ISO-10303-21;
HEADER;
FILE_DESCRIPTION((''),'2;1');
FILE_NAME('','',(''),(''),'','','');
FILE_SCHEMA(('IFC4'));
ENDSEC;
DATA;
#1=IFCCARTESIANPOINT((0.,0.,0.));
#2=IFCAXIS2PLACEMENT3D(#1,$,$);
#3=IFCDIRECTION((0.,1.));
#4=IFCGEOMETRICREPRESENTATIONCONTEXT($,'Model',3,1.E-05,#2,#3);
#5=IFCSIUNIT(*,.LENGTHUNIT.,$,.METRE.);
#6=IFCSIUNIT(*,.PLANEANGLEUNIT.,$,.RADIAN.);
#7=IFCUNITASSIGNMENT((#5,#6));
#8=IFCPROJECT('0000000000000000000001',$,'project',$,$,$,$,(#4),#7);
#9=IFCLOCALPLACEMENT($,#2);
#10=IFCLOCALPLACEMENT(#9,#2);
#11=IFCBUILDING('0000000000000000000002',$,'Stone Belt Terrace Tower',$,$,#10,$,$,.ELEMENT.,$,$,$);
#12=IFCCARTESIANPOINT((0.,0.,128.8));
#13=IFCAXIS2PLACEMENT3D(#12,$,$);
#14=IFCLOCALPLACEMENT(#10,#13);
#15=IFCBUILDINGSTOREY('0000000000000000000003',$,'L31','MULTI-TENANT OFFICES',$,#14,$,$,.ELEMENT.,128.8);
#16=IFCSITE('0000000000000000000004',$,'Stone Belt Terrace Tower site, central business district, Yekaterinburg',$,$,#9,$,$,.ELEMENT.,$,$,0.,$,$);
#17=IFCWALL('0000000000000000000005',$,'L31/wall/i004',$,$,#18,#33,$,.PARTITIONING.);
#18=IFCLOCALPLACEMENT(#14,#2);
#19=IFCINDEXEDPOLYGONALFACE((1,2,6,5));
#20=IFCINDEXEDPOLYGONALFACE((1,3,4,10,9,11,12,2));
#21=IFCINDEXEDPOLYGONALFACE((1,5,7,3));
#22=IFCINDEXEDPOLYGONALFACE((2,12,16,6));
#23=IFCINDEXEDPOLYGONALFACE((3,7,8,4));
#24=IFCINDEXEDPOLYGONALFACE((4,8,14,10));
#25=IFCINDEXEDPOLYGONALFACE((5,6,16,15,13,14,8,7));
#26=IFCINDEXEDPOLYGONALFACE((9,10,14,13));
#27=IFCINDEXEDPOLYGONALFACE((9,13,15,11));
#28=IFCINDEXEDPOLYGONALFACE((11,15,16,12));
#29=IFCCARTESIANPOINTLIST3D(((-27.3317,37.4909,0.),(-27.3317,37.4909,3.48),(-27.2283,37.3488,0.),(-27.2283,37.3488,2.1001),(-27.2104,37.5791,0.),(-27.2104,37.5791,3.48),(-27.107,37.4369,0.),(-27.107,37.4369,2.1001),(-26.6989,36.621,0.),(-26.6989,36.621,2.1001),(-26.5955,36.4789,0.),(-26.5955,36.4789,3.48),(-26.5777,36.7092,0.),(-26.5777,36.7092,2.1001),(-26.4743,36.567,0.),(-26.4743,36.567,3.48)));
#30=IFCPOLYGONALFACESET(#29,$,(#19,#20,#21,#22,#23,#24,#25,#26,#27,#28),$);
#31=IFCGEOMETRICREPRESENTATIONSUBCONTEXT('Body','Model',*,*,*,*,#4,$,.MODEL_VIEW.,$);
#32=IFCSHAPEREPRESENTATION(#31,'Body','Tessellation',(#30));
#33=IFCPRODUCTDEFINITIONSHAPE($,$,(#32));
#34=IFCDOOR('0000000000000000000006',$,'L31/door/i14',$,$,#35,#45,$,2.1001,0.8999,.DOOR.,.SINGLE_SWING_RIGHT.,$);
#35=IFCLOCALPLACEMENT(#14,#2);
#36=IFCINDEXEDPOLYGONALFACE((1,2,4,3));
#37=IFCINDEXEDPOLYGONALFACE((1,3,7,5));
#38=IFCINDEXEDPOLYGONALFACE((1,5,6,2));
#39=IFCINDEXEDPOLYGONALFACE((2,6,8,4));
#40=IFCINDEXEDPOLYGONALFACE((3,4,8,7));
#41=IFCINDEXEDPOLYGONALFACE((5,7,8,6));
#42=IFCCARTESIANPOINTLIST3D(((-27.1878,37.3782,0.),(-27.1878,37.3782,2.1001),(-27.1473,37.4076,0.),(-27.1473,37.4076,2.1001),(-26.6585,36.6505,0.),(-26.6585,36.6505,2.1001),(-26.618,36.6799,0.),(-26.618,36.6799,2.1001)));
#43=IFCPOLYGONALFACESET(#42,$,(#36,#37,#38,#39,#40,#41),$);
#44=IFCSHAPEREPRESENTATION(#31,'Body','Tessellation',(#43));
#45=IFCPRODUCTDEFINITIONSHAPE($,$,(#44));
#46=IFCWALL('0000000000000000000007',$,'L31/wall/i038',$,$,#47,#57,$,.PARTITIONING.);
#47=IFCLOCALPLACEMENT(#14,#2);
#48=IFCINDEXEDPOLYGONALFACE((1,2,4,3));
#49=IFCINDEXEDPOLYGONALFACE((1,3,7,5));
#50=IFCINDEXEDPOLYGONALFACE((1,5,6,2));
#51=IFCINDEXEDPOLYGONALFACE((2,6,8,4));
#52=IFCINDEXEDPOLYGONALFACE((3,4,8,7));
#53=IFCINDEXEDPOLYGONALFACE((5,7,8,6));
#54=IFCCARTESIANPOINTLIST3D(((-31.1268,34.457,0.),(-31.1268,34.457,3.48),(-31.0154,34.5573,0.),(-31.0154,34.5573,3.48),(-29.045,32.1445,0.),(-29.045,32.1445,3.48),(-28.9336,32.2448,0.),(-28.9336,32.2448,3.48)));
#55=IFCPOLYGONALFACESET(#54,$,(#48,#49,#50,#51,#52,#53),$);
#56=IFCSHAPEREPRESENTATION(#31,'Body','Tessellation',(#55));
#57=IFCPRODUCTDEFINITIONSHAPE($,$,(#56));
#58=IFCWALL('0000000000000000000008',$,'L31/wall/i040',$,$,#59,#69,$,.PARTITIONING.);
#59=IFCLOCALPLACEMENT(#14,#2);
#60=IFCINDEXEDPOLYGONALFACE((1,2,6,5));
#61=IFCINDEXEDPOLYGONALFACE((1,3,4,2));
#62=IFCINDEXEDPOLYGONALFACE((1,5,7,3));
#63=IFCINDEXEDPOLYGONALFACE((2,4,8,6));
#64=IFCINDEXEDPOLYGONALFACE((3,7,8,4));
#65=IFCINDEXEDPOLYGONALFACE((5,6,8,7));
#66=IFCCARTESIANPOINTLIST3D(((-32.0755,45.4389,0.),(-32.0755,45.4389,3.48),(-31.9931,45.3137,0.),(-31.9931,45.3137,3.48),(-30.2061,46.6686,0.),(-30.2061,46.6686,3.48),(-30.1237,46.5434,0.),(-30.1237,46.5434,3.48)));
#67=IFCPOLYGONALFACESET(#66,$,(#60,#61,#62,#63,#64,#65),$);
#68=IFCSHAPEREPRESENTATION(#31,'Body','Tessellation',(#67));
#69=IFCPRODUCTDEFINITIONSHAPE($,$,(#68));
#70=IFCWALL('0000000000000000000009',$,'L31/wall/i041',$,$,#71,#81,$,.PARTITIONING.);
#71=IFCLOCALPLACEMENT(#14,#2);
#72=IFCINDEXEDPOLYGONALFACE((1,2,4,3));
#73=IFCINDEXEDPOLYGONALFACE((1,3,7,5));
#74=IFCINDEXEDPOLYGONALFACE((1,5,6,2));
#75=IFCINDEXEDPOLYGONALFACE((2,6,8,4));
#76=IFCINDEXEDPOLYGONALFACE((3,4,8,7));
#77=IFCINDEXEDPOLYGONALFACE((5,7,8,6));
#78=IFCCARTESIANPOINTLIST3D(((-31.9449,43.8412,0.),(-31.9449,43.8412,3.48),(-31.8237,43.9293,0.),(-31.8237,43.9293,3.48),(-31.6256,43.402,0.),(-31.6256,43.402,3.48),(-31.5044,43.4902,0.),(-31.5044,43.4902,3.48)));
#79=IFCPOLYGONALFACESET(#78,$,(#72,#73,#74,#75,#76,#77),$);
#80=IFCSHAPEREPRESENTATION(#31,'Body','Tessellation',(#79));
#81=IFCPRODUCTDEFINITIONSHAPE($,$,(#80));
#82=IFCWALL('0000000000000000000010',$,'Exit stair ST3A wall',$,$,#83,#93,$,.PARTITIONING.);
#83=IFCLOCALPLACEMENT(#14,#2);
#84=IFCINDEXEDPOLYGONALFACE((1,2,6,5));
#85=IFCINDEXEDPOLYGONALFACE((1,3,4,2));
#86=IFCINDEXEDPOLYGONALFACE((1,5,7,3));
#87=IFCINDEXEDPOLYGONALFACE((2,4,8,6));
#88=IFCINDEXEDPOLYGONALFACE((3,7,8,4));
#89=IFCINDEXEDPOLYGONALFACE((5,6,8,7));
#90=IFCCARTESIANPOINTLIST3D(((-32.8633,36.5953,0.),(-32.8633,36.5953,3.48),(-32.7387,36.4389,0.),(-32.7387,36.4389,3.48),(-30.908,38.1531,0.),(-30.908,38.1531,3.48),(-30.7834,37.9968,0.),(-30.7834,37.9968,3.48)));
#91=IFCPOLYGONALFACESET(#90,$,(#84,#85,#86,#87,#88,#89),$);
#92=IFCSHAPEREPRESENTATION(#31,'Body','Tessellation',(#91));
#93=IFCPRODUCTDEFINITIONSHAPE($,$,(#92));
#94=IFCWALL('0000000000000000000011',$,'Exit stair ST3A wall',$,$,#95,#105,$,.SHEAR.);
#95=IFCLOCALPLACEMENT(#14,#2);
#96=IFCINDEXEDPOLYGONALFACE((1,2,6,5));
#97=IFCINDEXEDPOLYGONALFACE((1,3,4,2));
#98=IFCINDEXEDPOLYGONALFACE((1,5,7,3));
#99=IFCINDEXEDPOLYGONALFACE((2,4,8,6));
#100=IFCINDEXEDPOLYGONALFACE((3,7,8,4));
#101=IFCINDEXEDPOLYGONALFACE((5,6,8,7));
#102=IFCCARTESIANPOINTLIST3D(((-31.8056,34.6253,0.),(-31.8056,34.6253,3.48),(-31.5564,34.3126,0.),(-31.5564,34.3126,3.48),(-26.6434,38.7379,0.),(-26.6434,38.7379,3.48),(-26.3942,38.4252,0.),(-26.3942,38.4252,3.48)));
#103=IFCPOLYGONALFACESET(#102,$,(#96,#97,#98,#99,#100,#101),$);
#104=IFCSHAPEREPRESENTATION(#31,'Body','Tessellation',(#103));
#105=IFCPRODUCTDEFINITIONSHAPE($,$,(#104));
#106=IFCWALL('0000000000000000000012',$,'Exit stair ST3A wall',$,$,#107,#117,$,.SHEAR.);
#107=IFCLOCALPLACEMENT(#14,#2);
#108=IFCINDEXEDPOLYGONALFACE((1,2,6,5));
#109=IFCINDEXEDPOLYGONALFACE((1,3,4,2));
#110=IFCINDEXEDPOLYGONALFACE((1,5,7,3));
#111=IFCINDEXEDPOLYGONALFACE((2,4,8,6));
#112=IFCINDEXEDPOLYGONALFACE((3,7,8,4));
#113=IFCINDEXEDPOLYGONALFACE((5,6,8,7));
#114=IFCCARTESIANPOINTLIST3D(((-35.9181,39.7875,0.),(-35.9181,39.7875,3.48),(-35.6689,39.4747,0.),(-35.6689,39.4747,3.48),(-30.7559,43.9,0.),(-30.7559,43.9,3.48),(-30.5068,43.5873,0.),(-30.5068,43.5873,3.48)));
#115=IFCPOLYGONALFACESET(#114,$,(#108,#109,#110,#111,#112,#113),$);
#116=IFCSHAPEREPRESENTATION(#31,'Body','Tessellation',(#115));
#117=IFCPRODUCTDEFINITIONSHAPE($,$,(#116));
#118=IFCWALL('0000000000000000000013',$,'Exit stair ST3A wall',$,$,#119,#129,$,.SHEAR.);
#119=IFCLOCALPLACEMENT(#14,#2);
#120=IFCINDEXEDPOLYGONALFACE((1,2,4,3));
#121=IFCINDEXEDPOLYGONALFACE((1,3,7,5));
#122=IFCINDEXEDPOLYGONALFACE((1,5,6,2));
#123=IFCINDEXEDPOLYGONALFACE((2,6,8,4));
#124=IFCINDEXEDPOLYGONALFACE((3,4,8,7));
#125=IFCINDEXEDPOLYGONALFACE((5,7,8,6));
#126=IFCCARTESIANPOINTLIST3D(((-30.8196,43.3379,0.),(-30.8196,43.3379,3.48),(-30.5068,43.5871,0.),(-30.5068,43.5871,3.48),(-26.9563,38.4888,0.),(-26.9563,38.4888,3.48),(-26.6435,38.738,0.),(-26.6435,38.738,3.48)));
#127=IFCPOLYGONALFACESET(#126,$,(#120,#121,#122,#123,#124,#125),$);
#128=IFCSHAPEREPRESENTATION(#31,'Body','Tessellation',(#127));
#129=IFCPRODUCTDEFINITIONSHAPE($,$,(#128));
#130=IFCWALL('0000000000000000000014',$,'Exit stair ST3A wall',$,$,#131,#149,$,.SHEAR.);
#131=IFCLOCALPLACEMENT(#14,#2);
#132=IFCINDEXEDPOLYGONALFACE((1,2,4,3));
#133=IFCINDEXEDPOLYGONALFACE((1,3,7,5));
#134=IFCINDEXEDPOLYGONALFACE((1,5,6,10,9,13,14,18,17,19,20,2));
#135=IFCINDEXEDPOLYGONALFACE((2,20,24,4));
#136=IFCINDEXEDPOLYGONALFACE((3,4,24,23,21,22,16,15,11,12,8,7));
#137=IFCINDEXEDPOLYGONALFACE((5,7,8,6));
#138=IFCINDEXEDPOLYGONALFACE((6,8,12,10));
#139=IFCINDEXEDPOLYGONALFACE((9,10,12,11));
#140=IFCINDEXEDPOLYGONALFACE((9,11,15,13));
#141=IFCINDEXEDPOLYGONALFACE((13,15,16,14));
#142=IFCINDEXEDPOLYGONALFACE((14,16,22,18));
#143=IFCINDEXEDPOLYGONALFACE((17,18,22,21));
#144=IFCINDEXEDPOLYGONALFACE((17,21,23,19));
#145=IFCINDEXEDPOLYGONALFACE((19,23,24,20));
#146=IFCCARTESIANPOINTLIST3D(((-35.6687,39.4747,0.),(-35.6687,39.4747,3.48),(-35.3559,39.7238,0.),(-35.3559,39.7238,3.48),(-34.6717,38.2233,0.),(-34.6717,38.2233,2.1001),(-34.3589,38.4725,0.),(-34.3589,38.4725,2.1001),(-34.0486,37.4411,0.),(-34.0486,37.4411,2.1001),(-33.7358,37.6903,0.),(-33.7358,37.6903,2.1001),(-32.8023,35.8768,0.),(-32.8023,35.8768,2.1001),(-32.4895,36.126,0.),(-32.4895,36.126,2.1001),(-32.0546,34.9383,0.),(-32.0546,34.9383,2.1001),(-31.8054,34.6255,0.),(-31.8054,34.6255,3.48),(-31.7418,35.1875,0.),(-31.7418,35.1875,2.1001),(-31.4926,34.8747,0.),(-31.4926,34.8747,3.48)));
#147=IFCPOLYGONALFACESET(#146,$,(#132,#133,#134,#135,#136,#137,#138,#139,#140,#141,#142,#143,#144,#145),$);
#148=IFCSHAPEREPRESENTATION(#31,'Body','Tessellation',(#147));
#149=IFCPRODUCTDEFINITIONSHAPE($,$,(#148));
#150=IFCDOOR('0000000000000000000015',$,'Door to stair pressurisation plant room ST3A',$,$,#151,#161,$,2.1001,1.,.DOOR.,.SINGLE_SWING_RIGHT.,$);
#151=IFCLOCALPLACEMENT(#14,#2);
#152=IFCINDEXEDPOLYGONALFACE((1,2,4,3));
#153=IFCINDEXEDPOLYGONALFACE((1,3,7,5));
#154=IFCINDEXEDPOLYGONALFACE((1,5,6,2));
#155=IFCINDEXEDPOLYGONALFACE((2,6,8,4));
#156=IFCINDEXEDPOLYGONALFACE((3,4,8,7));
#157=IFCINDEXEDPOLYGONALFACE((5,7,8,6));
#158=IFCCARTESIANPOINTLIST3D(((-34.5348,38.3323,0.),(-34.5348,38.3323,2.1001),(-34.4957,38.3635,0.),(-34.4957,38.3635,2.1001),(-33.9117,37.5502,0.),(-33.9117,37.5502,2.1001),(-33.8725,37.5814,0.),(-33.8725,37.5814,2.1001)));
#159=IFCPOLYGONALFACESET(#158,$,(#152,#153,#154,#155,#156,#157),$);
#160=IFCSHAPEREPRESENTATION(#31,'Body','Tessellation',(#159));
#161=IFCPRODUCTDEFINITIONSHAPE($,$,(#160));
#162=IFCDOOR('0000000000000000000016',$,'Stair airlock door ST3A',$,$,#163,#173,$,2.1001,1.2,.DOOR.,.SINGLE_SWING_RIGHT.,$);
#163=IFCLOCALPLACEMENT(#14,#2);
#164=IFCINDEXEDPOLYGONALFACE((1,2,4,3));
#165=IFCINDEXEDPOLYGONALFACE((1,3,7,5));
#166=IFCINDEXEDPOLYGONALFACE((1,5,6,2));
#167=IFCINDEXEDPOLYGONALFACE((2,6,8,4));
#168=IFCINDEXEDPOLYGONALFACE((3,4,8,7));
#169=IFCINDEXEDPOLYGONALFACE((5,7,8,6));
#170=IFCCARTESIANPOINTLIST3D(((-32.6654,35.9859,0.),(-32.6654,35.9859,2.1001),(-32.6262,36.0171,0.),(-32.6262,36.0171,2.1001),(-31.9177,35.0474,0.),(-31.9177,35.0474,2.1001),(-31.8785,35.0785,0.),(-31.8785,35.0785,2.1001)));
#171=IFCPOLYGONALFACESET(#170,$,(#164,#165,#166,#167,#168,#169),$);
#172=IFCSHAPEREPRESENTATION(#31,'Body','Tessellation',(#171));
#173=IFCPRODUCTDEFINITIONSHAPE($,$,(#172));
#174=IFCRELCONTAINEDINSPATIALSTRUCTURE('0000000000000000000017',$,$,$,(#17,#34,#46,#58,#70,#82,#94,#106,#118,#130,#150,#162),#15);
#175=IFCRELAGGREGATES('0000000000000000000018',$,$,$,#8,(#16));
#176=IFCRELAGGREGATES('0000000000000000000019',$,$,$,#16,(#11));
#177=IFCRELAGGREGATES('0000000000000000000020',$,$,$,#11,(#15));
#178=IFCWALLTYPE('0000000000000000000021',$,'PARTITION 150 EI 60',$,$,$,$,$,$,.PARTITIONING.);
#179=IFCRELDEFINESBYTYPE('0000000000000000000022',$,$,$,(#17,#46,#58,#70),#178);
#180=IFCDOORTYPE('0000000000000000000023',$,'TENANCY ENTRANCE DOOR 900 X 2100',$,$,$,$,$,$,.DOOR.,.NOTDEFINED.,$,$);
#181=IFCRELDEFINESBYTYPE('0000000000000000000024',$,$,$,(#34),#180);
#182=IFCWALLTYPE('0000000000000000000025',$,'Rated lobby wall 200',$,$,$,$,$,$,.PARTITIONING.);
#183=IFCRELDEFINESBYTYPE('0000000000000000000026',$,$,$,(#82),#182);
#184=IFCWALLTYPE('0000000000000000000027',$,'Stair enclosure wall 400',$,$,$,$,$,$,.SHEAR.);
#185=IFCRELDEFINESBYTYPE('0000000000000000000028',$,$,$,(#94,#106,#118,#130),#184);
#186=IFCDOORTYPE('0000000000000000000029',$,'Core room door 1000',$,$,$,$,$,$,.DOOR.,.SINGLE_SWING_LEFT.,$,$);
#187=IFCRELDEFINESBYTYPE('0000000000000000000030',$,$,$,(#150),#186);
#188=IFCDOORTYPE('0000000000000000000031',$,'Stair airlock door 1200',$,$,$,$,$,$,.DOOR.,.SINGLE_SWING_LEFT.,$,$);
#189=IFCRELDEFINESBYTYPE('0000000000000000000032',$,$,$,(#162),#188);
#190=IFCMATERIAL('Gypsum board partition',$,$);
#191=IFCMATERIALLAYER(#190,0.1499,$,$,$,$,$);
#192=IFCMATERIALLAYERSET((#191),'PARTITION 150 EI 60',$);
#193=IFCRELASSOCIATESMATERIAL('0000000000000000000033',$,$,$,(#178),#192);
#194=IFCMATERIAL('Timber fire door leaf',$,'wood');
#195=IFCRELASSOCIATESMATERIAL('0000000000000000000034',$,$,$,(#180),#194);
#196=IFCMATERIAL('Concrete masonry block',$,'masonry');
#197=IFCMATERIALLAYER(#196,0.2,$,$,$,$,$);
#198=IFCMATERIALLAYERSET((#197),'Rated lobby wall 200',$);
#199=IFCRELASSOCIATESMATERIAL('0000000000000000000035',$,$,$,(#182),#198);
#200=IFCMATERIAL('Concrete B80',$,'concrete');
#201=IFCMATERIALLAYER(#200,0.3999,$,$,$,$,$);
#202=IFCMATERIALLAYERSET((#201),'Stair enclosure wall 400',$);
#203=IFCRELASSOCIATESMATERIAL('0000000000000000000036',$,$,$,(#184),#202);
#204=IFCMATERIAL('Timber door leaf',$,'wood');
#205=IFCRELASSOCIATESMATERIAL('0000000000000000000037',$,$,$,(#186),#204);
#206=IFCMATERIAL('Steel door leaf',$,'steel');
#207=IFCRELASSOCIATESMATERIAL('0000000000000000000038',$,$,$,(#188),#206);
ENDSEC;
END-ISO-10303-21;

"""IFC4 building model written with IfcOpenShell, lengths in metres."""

from ifc_helpers import new_model, si_unit, direction, frame, frame_2d, origin, place, context, subcontext, project, spatial, rectangle, extrude, material, layer, layer_set, type_object, element, fill, save


model = new_model("IFC4")

# Units and contexts
model_context = context("Model", 3, precision=1e-05, world=origin(), true_north=direction((0.0, 1.0)))
body_context = subcontext(model_context, "Body", "Model", "MODEL_VIEW")
ifc_project = project(units=[si_unit("LENGTHUNIT", "METRE"), si_unit("PLANEANGLEUNIT", "RADIAN")], contexts=[model_context])

# Site, building, storey
site_placement = place(None, origin())
site = spatial("IfcSite", under=ifc_project, at=site_placement, Name="Stone Belt Terrace Tower site, central business district, Yekaterinburg", CompositionType="ELEMENT", RefElevation=0.0)
building_placement = place(site_placement, origin())
building = spatial("IfcBuilding", under=site, at=building_placement, Name="Stone Belt Terrace Tower", CompositionType="ELEMENT")
storey_placement = place(building_placement, frame((0.0, 0.0, 128.8)))
storey = spatial("IfcBuildingStorey", under=building, at=storey_placement, Name="L31", Description="MULTI-TENANT OFFICES", CompositionType="ELEMENT", Elevation=128.8)

# Shared definitions
ifc_material_1 = material(Name="Concrete B80", Category="concrete")

# Shared definitions
ifc_material_2 = material(Name="Timber door leaf", Category="wood")
ifc_material_3 = material(Name="Steel door leaf", Category="steel")

# Wall, opening, door
ifc_material_4 = material(Name="Gypsum board partition")
ifc_layer_1 = layer(ifc_material_4, 0.1499)
ifc_layer_set_1 = layer_set([ifc_layer_1], Name="PARTITION 150 EI 60")
wall_type_1 = type_object("IfcWallType", Name="PARTITION 150 EI 60", PredefinedType="PARTITIONING", material=ifc_layer_set_1)
wall_1_placement = place(storey_placement, frame((-26.5349, 36.5229, 0.0), z_axis=(0.0, 0.0, 1.0), x_axis=(-0.58823, 0.808694, 0.0)))
wall_1 = element("IfcWall", 1, at=wall_1_placement, inside=storey, type_object=wall_type_1, Name="L31/wall/i004", PredefinedType="PARTITIONING", context=body_context, shape_type="SweptSolid", body=[
    extrude(rectangle(XDim=1.2515, YDim=0.1499, at=frame_2d((0.6257, 0.0))), origin(), (0.0, 0.0, 1.0), 3.48),
])
opening_1_placement = place(wall_1_placement, frame((0.1758, 0.0, 0.0)))
opening_1 = element("IfcOpeningElement", 2, at=opening_1_placement, cuts=wall_1, PredefinedType="OPENING", context=body_context, shape_type="SweptSolid", body=[
    extrude(rectangle(XDim=0.8999, YDim=2.1001, at=frame_2d((0.45, 1.05))), frame((0.0, 0.085, 0.0), z_axis=(0.0, -1.0, 0.0), x_axis=(1.0, 0.0, 0.0)), (0.0, 0.0, 1.0), 0.1699),
])
ifc_material_5 = material(Name="Timber fire door leaf", Category="wood")
door_type_1 = type_object("IfcDoorType", Name="TENANCY ENTRANCE DOOR 900 X 2100", OperationType="NOTDEFINED", PredefinedType="DOOR", material=ifc_material_5)
door_1_placement = place(opening_1_placement, origin())
door_1 = element("IfcDoor", 3, at=door_1_placement, inside=storey, type_object=door_type_1, Name="L31/door/i14", OperationType="SINGLE_SWING_RIGHT", OverallHeight=2.1001, OverallWidth=0.8999, PredefinedType="DOOR", context=body_context, shape_type="SweptSolid", body=[
    extrude(rectangle(XDim=0.8999, YDim=2.1001, at=frame_2d((0.45, 1.05))), frame((0.0, 0.0249, 0.0), z_axis=(0.0, -1.0, 0.0), x_axis=(1.0, 0.0, 0.0)), (0.0, 0.0, 1.0), 0.05),
])
fill(opening_1, door_1)

# Walls
wall_2_placement = place(storey_placement, frame((-31.071, 34.5071, 0.0), z_axis=(0.0, 0.0, 1.0), x_axis=(0.66906, -0.743208, 0.0)))
element("IfcWall", 4, at=wall_2_placement, inside=storey, type_object=wall_type_1, Name="L31/wall/i038", PredefinedType="PARTITIONING", context=body_context, shape_type="SweptSolid", body=[
    extrude(rectangle(XDim=3.1116, YDim=0.1499, at=frame_2d((1.5557, 0.0))), origin(), (0.0, 0.0, 1.0), 3.48),
])
wall_3_placement = place(storey_placement, frame((-30.165, 46.606, 0.0), z_axis=(0.0, 0.0, 1.0), x_axis=(-0.835442, -0.549578, 0.0)))
element("IfcWall", 5, at=wall_3_placement, inside=storey, type_object=wall_type_1, Name="L31/wall/i040", PredefinedType="PARTITIONING", context=body_context, shape_type="SweptSolid", body=[
    extrude(rectangle(XDim=2.2375, YDim=0.1499, at=frame_2d((1.1187, 0.0))), origin(), (0.0, 0.0, 1.0), 3.48),
])
wall_4_placement = place(storey_placement, frame((-31.8843, 43.8853, 0.0), z_axis=(0.0, 0.0, 1.0), x_axis=(0.588065, -0.808814, 0.0)))
element("IfcWall", 6, at=wall_4_placement, inside=storey, type_object=wall_type_1, Name="L31/wall/i041", PredefinedType="PARTITIONING", context=body_context, shape_type="SweptSolid", body=[
    extrude(rectangle(XDim=0.543, YDim=0.1499, at=frame_2d((0.2715, 0.0))), origin(), (0.0, 0.0, 1.0), 3.48),
])
ifc_material_6 = material(Name="Concrete masonry block", Category="masonry")
ifc_layer_2 = layer(ifc_material_6, 0.2)
ifc_layer_set_2 = layer_set([ifc_layer_2], Name="Rated lobby wall 200")
wall_type_2 = type_object("IfcWallType", Name="Rated lobby wall 200", PredefinedType="PARTITIONING", material=ifc_layer_set_2)
wall_5_placement = place(storey_placement, frame((-30.8457, 38.075, 0.0), z_axis=(0.0, 0.0, 1.0), x_axis=(-0.782115, -0.623134, 0.0)))
element("IfcWall", 7, at=wall_5_placement, inside=storey, type_object=wall_type_2, Name="Exit stair ST3A wall", PredefinedType="PARTITIONING", context=body_context, shape_type="SweptSolid", body=[
    extrude(rectangle(XDim=2.5, YDim=0.2, at=frame_2d((1.25, 0.0))), origin(), (0.0, 0.0, 1.0), 3.48),
])
ifc_layer_3 = layer(ifc_material_1, 0.3999)
ifc_layer_set_3 = layer_set([ifc_layer_3], Name="Stair enclosure wall 400")
wall_type_3 = type_object("IfcWallType", Name="Stair enclosure wall 400", PredefinedType="SHEAR", material=ifc_layer_set_3)
for number, where, z_axis, x_axis, name in (
    (8, (-26.5188, 38.5815, 0.0), (0.0, 0.0, 1.0), (-0.782134, -0.62311, 0.0), "Exit stair ST3A wall"),
    (9, (-30.6313, 43.7437, 0.0), (0.0, 0.0, 1.0), (-0.782134, -0.62311, 0.0), "Exit stair ST3A wall"),
):
    element("IfcWall", number, at=place(storey_placement, frame(where, z_axis=z_axis, x_axis=x_axis)), inside=storey, type_object=wall_type_3, Name=name, PredefinedType="SHEAR", context=body_context, shape_type="SweptSolid", body=[
        extrude(rectangle(XDim=6.6001, YDim=0.3999, at=frame_2d((3.3, 0.0))), origin(), (0.0, 0.0, 1.0), 3.48),
    ])
wall_6_placement = place(storey_placement, frame((-26.7998, 38.6133, 0.0), z_axis=(0.0, 0.0, 1.0), x_axis=(-0.623119, 0.782127, 0.0)))
element("IfcWall", 10, at=wall_6_placement, inside=storey, type_object=wall_type_3, Name="Exit stair ST3A wall", PredefinedType="SHEAR", context=body_context, shape_type="SweptSolid", body=[
    extrude(rectangle(XDim=6.2, YDim=0.3999, at=frame_2d((3.1001, 0.0))), origin(), (0.0, 0.0, 1.0), 3.48),
])

# Wall, openings, doors
wall_7_placement = place(storey_placement, frame((-31.6489, 34.75, 0.0), z_axis=(0.0, 0.0, 1.0), x_axis=(-0.623119, 0.782127, 0.0)))
wall_7 = element("IfcWall", 11, at=wall_7_placement, inside=storey, type_object=wall_type_3, Name="Exit stair ST3A wall", PredefinedType="SHEAR", context=body_context, shape_type="SweptSolid", body=[
    extrude(rectangle(XDim=6.2, YDim=0.3999, at=frame_2d((3.1001, 0.0))), origin(), (0.0, 0.0, 1.0), 3.48),
])
opening_2_placement = place(wall_7_placement, frame((0.3999, 0.0, 0.0)))
opening_2 = element("IfcOpeningElement", 12, at=opening_2_placement, cuts=wall_7, PredefinedType="OPENING", context=body_context, shape_type="SweptSolid", body=[
    extrude(rectangle(XDim=1.2, YDim=2.1001, at=frame_2d((0.6001, 1.05))), frame((0.0, 0.21, 0.0), z_axis=(0.0, -1.0, 0.0), x_axis=(1.0, 0.0, 0.0)), (0.0, 0.0, 1.0), 0.4199),
])
opening_3_placement = place(wall_7_placement, frame((3.6001, 0.0, 0.0)))
opening_3 = element("IfcOpeningElement", 13, at=opening_3_placement, cuts=wall_7, PredefinedType="OPENING", context=body_context, shape_type="SweptSolid", body=[
    extrude(rectangle(XDim=1.0, YDim=2.1001, at=frame_2d((0.5, 1.05))), frame((0.0, 0.21, 0.0), z_axis=(0.0, -1.0, 0.0), x_axis=(1.0, 0.0, 0.0)), (0.0, 0.0, 1.0), 0.4199),
])
door_type_2 = type_object("IfcDoorType", Name="Core room door 1000", OperationType="SINGLE_SWING_LEFT", PredefinedType="DOOR", material=ifc_material_2)
door_2_placement = place(opening_3_placement, origin())
door_2 = element("IfcDoor", 14, at=door_2_placement, inside=storey, type_object=door_type_2, Name="Door to stair pressurisation plant room ST3A", OperationType="SINGLE_SWING_RIGHT", OverallHeight=2.1001, OverallWidth=1.0, PredefinedType="DOOR", context=body_context, shape_type="SweptSolid", body=[
    extrude(rectangle(XDim=1.0, YDim=2.1001, at=frame_2d((0.5, 1.05))), frame((0.0, 0.0249, 0.0), z_axis=(0.0, -1.0, 0.0), x_axis=(1.0, 0.0, 0.0)), (0.0, 0.0, 1.0), 0.05),
])
fill(opening_3, door_2)
door_type_3 = type_object("IfcDoorType", Name="Stair airlock door 1200", OperationType="SINGLE_SWING_LEFT", PredefinedType="DOOR", material=ifc_material_3)
door_3_placement = place(opening_2_placement, origin())
door_3 = element("IfcDoor", 15, at=door_3_placement, inside=storey, type_object=door_type_3, Name="Stair airlock door ST3A", OperationType="SINGLE_SWING_RIGHT", OverallHeight=2.1001, OverallWidth=1.2, PredefinedType="DOOR", context=body_context, shape_type="SweptSolid", body=[
    extrude(rectangle(XDim=1.2, YDim=2.1001, at=frame_2d((0.6001, 1.05))), frame((0.0, 0.0249, 0.0), z_axis=(0.0, -1.0, 0.0), x_axis=(1.0, 0.0, 0.0)), (0.0, 0.0, 1.0), 0.05),
])
fill(opening_2, door_3)

save(model, "model.ifc")
